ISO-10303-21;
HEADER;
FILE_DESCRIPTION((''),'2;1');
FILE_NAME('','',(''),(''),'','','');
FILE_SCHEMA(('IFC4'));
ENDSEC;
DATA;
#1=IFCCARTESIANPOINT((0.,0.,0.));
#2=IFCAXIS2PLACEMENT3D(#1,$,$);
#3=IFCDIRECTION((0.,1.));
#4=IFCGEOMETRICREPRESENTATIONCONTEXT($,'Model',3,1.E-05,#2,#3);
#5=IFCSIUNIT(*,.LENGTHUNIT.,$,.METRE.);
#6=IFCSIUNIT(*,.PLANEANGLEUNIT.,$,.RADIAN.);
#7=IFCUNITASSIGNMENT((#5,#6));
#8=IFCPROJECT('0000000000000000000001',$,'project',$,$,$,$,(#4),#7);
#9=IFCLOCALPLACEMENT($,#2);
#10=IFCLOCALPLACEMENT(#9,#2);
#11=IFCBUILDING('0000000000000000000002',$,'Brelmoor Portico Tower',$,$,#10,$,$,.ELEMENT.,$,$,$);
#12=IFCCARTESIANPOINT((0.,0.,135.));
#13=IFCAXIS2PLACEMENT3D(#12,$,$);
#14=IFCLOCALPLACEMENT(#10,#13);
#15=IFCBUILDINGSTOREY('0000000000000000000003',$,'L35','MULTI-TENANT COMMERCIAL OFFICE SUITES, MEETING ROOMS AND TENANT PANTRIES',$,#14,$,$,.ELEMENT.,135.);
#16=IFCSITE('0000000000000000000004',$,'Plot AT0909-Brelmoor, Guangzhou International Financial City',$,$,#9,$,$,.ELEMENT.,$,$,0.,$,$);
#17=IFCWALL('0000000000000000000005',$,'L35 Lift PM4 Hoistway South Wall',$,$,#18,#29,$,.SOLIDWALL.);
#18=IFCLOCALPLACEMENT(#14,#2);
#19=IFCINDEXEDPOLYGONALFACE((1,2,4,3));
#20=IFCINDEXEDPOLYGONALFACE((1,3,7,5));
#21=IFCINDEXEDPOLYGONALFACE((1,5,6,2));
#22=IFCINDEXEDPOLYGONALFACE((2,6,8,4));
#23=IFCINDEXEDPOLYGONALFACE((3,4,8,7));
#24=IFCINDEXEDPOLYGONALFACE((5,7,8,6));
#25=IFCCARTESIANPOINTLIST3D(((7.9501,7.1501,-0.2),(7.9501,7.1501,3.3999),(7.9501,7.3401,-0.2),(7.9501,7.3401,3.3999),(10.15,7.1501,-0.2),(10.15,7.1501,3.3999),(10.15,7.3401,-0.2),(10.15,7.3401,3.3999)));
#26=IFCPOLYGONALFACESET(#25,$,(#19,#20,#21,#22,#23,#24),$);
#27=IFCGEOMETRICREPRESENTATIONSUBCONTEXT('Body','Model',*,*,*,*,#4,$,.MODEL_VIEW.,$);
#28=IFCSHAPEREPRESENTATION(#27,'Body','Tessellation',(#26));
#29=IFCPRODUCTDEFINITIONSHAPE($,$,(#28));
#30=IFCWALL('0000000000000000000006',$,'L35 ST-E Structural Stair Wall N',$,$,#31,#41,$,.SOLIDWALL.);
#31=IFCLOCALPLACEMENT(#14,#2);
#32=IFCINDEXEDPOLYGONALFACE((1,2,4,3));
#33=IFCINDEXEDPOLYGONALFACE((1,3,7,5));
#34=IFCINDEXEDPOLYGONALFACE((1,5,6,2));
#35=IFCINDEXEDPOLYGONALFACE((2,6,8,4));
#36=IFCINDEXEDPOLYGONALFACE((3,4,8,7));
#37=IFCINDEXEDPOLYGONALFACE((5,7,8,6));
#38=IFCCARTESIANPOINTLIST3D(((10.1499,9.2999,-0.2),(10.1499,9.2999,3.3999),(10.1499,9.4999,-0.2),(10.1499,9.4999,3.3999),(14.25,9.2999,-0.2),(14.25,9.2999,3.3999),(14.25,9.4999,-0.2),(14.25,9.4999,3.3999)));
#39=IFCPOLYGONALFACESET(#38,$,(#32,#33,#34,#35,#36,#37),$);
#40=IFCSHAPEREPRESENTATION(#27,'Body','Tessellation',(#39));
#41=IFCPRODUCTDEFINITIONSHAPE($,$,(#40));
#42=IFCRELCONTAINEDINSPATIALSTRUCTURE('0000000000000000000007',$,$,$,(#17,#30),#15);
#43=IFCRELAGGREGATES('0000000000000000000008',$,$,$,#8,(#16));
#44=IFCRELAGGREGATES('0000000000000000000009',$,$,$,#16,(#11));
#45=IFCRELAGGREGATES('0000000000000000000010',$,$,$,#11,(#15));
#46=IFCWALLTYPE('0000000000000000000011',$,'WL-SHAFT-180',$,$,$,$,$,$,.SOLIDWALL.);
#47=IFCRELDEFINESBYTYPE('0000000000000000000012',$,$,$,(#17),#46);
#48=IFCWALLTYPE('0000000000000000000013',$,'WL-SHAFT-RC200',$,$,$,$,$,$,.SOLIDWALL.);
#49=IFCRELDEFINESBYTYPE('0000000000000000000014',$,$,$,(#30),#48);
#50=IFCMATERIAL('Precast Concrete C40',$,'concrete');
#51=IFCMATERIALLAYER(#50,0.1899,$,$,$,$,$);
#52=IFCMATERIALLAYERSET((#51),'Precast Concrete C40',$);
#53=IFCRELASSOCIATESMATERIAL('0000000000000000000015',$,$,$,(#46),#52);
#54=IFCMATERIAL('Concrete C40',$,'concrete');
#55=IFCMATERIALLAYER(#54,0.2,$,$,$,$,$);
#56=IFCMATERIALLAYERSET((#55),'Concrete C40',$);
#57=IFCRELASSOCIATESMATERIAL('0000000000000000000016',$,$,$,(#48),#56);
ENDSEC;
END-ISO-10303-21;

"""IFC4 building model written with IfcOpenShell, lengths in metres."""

from ifc_helpers import new_model, si_unit, direction, frame, frame_2d, origin, place, context, subcontext, project, spatial, rectangle, extrude, material, layer, layer_set, type_object, element, save


model = new_model("IFC4")

# Units and contexts
model_context = context("Model", 3, precision=1e-05, world=origin(), true_north=direction((0.0, 1.0)))
body_context = subcontext(model_context, "Body", "Model", "MODEL_VIEW")
ifc_project = project(units=[si_unit("LENGTHUNIT", "METRE"), si_unit("PLANEANGLEUNIT", "RADIAN")], contexts=[model_context])

# Site, building, storey
site_placement = place(None, origin())
site = spatial("IfcSite", under=ifc_project, at=site_placement, Name="Plot AT0909-Brelmoor, Guangzhou International Financial City", CompositionType="ELEMENT", RefElevation=0.0)
building_placement = place(site_placement, origin())
building = spatial("IfcBuilding", under=site, at=building_placement, Name="Brelmoor Portico Tower", CompositionType="ELEMENT")
storey_placement = place(building_placement, frame((0.0, 0.0, 135.0)))
storey = spatial("IfcBuildingStorey", under=building, at=storey_placement, Name="L35", Description="MULTI-TENANT COMMERCIAL OFFICE SUITES, MEETING ROOMS AND TENANT PANTRIES", CompositionType="ELEMENT", Elevation=135.0)

# Walls
ifc_material_1 = material(Name="Precast Concrete C40", Category="concrete")
ifc_layer_1 = layer(ifc_material_1, 0.1899)
ifc_layer_set_1 = layer_set([ifc_layer_1], Name="Precast Concrete C40")
wall_type_1 = type_object("IfcWallType", Name="WL-SHAFT-180", PredefinedType="SOLIDWALL", material=ifc_layer_set_1)
for number, where, z_axis, x_axis, name in (
    (1, (7.95, 7.2451, -0.2), (0.0, 0.0, 1.0), (1.0, 0.0, 0.0), "L35 Lift PM4 Hoistway South Wall"),
):
    element("IfcWall", number, at=place(storey_placement, frame(where, z_axis=z_axis, x_axis=x_axis)), inside=storey, type_object=wall_type_1, Name=name, PredefinedType="SOLIDWALL", context=body_context, shape_type="SweptSolid", body=[
        extrude(rectangle(XDim=2.2, YDim=0.1899, at=frame_2d((1.1001, 0.0))), origin(), (0.0, 0.0, 1.0), 3.5999),
    ])
ifc_material_2 = material(Name="Concrete C40", Category="concrete")
ifc_layer_2 = layer(ifc_material_2, 0.2)
ifc_layer_set_2 = layer_set([ifc_layer_2], Name="Concrete C40")
wall_type_2 = type_object("IfcWallType", Name="WL-SHAFT-RC200", PredefinedType="SOLIDWALL", material=ifc_layer_set_2)
wall_1_placement = place(storey_placement, frame((10.1499, 9.3999, -0.2), z_axis=(0.0, 0.0, 1.0), x_axis=(1.0, 0.0, 0.0)))
element("IfcWall", 2, at=wall_1_placement, inside=storey, type_object=wall_type_2, Name="L35 ST-E Structural Stair Wall N", PredefinedType="SOLIDWALL", context=body_context, shape_type="SweptSolid", body=[
    extrude(rectangle(XDim=4.1001, YDim=0.2, at=frame_2d((2.05, 0.0))), origin(), (0.0, 0.0, 1.0), 3.5999),
])

save(model, "model.ifc")
